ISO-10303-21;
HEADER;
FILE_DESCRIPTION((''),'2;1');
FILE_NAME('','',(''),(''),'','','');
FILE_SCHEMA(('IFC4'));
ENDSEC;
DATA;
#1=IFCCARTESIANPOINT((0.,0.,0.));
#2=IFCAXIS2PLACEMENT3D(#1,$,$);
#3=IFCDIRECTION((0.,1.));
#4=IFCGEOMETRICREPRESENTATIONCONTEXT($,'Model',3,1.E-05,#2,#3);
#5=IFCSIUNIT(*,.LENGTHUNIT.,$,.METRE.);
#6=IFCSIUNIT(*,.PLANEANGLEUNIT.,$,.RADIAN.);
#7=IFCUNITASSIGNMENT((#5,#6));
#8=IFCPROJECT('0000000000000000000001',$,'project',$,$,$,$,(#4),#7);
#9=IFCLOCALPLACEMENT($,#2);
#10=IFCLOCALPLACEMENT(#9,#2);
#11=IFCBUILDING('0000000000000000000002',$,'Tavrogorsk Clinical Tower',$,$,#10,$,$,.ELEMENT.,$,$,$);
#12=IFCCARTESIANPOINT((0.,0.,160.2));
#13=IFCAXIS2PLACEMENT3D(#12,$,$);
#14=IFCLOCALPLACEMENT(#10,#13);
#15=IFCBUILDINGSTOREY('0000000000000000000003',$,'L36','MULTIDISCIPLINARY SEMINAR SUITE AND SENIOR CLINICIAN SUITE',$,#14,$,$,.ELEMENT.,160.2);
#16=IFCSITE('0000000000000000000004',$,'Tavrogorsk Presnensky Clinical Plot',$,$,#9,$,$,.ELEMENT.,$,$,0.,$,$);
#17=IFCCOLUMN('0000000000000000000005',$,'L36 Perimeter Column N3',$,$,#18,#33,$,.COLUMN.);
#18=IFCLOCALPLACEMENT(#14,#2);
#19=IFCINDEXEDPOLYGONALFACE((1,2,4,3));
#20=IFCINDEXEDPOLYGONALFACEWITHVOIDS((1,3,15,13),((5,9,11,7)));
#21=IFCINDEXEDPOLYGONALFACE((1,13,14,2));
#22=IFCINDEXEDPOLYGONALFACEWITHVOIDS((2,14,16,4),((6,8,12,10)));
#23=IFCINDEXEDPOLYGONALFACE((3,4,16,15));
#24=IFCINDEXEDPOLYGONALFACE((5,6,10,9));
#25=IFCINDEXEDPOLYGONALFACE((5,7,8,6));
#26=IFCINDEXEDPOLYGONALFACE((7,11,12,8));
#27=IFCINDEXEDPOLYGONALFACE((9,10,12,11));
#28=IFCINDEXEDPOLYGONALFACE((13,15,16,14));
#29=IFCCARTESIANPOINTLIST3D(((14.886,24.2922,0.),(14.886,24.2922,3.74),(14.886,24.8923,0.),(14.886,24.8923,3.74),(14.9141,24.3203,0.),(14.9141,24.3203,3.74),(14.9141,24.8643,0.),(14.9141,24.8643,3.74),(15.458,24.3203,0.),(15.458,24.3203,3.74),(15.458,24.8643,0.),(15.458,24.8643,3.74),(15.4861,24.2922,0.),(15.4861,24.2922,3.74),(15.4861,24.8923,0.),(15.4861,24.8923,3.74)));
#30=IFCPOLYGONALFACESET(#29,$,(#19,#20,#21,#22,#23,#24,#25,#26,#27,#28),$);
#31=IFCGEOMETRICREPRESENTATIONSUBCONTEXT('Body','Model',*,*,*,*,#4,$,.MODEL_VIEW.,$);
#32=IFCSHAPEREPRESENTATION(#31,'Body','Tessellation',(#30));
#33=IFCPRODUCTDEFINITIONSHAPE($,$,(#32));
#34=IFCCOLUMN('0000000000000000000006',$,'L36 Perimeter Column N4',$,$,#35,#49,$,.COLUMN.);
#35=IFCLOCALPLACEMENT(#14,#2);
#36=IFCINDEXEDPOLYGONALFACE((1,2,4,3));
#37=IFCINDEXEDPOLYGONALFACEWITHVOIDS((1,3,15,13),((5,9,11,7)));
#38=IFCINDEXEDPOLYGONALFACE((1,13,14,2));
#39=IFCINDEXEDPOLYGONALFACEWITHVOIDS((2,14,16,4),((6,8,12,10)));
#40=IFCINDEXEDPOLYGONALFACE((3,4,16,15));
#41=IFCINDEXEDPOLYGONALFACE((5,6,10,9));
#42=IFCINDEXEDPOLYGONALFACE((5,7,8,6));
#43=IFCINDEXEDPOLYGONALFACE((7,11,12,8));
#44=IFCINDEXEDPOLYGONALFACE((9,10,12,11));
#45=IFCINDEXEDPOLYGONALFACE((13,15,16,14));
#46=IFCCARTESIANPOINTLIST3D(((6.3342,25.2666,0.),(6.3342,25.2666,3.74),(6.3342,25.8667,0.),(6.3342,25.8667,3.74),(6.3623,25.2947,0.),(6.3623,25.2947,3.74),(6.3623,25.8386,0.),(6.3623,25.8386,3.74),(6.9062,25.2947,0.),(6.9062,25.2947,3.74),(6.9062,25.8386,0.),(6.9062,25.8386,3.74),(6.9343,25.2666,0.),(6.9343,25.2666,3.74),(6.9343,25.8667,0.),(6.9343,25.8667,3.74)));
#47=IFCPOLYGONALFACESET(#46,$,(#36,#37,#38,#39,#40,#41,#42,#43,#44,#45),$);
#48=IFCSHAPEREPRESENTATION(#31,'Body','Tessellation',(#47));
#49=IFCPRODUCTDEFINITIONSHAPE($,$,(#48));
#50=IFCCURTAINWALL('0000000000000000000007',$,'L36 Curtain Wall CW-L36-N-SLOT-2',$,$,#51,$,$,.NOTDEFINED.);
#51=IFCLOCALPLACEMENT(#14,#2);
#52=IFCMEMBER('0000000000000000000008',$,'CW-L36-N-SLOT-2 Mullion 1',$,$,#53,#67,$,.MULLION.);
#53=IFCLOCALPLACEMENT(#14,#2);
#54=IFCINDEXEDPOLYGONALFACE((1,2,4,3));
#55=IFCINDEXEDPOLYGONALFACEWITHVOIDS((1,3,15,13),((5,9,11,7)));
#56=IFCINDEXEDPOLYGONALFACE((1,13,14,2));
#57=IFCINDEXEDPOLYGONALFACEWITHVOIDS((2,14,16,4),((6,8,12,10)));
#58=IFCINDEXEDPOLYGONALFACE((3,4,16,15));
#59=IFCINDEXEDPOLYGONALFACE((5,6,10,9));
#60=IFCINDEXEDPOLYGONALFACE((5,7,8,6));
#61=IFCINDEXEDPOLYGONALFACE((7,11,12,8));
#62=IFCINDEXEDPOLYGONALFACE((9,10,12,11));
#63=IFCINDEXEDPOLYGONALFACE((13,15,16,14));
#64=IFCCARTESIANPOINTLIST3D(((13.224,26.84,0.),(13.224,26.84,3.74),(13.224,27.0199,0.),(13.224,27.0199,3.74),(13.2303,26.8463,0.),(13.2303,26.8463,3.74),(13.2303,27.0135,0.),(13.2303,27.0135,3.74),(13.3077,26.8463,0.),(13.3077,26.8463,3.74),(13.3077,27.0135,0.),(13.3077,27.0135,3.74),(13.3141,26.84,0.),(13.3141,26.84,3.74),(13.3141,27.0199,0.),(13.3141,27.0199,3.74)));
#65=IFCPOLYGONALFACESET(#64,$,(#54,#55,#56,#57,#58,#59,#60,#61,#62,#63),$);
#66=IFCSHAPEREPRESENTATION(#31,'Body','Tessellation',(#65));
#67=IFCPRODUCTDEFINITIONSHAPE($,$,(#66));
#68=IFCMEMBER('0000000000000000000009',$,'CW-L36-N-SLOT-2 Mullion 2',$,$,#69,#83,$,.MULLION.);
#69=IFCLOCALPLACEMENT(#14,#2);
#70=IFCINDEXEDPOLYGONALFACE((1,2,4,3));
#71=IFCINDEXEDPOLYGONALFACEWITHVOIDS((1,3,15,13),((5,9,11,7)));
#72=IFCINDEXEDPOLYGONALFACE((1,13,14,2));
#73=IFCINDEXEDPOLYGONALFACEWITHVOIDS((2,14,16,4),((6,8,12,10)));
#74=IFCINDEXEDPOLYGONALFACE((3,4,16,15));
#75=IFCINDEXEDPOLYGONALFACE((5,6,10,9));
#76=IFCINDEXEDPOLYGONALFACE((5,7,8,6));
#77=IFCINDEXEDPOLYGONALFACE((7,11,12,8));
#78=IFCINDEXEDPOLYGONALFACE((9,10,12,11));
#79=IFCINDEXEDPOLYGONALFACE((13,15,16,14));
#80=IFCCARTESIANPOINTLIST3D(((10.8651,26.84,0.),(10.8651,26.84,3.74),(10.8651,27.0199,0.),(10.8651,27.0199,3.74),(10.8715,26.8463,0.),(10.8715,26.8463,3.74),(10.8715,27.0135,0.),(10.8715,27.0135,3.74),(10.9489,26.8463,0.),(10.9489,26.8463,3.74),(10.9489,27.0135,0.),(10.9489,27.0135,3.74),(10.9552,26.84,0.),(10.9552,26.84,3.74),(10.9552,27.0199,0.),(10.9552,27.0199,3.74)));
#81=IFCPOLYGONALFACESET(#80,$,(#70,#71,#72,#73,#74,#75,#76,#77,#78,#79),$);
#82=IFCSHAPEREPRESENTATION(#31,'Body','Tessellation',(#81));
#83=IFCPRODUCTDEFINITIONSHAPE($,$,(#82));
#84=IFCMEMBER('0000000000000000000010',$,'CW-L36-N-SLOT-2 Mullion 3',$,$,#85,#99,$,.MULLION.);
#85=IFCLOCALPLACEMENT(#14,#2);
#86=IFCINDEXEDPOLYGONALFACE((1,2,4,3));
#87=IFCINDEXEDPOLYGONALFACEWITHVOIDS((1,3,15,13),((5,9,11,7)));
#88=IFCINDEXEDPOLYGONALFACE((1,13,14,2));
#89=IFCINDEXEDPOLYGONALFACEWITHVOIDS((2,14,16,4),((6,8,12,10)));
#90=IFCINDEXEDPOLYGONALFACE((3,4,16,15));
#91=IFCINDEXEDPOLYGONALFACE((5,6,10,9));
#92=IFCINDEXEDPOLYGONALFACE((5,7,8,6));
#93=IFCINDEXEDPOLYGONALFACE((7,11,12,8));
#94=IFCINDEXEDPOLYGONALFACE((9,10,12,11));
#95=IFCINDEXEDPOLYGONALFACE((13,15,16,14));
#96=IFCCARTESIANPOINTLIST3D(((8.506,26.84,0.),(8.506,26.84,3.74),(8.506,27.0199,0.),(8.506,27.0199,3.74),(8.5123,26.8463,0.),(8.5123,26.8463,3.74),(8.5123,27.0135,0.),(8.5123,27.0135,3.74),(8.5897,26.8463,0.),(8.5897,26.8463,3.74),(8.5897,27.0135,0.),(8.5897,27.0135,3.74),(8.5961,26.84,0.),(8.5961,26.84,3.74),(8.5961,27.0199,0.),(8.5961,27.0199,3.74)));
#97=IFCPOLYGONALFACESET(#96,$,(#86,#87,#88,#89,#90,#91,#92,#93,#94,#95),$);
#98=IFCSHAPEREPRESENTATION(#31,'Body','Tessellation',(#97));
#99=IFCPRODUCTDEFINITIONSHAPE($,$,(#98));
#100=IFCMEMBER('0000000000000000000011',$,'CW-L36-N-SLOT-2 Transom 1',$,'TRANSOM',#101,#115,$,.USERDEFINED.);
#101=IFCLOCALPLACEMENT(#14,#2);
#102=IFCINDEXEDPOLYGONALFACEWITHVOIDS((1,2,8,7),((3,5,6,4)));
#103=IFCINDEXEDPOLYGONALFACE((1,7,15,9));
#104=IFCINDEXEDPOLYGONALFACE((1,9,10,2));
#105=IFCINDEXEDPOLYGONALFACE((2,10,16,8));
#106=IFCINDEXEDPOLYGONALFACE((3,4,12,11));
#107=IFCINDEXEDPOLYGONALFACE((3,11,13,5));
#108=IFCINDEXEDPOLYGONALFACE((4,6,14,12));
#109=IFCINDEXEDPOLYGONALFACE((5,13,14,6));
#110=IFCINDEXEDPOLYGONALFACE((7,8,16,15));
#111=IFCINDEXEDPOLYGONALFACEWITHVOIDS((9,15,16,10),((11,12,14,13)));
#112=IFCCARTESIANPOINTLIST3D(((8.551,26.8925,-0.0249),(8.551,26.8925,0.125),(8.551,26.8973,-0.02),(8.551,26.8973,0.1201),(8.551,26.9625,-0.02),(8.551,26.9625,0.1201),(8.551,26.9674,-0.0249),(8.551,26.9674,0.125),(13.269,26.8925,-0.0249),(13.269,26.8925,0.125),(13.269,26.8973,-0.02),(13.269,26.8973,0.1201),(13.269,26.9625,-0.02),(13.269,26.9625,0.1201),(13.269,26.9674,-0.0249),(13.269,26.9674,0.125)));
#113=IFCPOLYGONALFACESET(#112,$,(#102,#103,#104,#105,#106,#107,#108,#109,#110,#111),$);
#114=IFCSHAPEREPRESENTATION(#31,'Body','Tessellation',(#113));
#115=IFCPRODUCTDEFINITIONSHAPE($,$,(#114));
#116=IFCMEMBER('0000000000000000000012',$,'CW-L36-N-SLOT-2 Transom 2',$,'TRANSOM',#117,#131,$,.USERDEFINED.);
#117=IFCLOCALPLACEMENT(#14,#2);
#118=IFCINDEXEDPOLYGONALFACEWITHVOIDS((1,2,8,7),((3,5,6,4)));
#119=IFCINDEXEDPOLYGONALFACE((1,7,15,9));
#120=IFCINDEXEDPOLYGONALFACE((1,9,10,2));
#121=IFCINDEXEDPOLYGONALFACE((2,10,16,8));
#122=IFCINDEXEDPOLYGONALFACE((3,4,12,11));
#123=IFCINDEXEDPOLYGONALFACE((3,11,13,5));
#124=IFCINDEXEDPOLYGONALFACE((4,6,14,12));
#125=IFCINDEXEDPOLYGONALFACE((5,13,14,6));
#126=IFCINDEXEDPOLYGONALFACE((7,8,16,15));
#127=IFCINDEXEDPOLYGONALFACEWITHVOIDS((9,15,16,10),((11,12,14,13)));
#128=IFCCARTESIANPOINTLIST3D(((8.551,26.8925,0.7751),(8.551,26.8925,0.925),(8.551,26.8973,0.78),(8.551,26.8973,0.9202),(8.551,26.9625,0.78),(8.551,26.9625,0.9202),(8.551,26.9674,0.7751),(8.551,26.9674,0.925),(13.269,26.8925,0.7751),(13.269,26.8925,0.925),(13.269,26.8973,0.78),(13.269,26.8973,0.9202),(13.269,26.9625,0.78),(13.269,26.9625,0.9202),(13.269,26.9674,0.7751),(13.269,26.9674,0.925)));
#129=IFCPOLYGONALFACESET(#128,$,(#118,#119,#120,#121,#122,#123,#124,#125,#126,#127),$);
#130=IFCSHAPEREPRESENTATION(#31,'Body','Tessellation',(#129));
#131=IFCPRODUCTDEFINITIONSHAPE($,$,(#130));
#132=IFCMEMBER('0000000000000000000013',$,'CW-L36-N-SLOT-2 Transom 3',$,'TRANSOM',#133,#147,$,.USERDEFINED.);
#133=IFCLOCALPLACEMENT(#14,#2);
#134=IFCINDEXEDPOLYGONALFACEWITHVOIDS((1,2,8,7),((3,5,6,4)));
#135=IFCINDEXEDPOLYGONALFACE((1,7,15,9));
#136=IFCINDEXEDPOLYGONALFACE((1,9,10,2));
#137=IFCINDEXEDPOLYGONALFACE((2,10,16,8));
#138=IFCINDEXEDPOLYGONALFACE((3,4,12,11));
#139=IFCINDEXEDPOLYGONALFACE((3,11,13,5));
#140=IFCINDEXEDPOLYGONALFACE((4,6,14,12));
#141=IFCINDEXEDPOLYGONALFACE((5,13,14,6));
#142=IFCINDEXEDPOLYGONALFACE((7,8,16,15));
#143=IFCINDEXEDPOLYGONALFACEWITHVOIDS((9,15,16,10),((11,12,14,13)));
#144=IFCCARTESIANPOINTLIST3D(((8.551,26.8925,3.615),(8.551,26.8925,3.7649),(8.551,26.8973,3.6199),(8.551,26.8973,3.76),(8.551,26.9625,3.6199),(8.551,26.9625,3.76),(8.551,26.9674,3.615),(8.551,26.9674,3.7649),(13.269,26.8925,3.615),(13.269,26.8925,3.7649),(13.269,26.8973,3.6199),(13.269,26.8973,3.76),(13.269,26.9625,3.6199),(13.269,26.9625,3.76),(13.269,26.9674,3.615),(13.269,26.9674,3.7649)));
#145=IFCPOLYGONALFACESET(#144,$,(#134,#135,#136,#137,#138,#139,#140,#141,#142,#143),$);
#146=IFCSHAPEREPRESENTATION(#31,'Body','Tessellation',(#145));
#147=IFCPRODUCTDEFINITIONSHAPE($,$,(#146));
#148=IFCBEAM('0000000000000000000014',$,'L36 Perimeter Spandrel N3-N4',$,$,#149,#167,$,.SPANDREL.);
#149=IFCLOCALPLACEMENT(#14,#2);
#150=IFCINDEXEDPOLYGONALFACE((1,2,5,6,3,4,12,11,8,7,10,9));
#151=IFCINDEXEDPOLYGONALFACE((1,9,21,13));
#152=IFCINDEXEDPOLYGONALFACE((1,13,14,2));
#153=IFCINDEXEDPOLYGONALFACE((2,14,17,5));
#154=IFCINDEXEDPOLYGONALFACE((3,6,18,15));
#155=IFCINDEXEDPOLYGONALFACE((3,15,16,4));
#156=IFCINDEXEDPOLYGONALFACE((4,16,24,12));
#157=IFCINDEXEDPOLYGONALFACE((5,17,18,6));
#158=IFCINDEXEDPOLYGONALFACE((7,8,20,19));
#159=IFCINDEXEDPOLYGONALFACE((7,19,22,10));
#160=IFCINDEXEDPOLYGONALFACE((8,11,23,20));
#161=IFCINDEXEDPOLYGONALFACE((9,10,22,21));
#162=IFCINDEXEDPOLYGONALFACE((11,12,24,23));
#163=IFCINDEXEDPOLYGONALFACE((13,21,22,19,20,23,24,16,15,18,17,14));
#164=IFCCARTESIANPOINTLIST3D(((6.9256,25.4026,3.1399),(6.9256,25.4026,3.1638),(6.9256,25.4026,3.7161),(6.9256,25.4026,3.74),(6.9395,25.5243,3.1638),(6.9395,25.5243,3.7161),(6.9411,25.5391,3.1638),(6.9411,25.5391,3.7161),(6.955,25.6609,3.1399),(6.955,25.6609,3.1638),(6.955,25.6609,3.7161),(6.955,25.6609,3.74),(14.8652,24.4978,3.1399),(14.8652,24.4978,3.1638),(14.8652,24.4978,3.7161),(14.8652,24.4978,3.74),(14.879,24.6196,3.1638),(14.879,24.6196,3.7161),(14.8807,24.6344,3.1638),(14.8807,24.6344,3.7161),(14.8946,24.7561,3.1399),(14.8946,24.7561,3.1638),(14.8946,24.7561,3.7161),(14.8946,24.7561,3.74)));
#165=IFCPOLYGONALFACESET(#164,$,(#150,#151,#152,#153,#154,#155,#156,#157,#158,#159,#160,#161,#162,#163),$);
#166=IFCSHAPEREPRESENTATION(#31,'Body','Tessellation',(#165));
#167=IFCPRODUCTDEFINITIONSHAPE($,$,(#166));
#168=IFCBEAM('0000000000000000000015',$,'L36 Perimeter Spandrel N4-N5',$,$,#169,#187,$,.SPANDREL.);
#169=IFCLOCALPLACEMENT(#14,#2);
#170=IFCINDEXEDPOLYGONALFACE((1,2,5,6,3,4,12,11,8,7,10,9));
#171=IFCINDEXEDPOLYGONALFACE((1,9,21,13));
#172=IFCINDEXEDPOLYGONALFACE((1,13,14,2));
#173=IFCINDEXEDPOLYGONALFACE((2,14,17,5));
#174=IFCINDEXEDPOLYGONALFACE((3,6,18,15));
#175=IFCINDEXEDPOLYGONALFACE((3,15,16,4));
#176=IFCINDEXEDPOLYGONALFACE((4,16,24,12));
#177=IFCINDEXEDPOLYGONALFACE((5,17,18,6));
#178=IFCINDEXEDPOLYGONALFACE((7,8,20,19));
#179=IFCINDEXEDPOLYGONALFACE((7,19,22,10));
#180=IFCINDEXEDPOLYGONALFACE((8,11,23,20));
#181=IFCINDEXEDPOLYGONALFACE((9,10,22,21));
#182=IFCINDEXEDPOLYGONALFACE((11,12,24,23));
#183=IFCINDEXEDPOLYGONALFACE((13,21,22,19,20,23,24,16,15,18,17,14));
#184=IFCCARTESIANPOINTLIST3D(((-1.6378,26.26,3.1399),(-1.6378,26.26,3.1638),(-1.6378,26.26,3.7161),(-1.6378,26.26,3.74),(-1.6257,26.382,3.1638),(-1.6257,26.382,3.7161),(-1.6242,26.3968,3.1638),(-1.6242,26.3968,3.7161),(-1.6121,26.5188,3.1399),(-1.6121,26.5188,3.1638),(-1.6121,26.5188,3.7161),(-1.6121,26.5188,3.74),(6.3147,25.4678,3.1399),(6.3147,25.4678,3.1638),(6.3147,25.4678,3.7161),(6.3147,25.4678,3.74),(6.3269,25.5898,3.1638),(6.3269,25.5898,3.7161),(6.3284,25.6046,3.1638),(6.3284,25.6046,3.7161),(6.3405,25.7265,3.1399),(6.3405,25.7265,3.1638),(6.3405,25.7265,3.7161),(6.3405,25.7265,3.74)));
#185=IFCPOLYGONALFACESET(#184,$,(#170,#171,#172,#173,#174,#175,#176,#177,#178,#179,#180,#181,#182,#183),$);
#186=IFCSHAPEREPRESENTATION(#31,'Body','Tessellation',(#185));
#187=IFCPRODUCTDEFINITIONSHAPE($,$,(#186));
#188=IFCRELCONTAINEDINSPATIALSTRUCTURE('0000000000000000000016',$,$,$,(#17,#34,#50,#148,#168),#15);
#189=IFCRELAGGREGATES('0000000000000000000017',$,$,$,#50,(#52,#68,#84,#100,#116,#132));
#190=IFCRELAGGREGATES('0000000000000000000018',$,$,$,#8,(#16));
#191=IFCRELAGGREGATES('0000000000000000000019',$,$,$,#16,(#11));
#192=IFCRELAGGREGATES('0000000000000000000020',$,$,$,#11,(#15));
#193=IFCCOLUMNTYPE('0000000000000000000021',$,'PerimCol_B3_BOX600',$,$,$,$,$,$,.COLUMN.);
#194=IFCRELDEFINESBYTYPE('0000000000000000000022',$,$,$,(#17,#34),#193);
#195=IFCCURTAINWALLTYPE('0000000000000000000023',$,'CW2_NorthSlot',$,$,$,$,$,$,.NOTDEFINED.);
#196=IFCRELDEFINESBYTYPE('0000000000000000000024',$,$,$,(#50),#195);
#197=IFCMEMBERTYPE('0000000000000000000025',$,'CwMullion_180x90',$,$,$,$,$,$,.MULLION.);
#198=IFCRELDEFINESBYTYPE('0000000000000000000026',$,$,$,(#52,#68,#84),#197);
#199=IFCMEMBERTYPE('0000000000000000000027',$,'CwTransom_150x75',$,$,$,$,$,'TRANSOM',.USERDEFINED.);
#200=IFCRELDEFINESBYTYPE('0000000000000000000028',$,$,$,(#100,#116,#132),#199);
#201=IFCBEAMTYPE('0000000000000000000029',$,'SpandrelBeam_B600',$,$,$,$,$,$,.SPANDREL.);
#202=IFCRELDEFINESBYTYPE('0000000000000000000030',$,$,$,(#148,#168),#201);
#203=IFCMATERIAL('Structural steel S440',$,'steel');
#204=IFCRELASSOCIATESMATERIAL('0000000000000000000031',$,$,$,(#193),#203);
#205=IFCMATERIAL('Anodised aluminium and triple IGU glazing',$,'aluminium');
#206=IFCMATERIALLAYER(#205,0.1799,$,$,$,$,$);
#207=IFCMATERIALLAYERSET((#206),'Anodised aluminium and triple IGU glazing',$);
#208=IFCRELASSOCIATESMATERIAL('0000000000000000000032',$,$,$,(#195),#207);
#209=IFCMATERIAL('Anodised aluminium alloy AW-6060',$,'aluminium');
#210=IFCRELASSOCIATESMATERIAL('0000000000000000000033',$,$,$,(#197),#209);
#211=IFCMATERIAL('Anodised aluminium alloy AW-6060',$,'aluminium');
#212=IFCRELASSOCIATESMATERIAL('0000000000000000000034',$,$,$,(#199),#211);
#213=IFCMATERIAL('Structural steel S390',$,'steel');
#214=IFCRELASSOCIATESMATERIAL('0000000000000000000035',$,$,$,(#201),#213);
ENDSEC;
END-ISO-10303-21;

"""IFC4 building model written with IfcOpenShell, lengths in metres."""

from ifc_helpers import new_model, si_unit, direction, frame, origin, origin_2d, place, context, subcontext, project, spatial, hollow_rectangle, i_section, extrude, material, layer, layer_set, material_profile, profile_set, type_object, element, aggregate, save


model = new_model("IFC4")

# Units and contexts
model_context = context("Model", 3, precision=1e-05, world=origin(), true_north=direction((0.0, 1.0)))
body_context = subcontext(model_context, "Body", "Model", "MODEL_VIEW")
ifc_project = project(units=[si_unit("LENGTHUNIT", "METRE"), si_unit("PLANEANGLEUNIT", "RADIAN")], contexts=[model_context])

# Site, building, storey
site_placement = place(None, origin())
site = spatial("IfcSite", under=ifc_project, at=site_placement, Name="Tavrogorsk Presnensky Clinical Plot", CompositionType="ELEMENT", RefElevation=0.0)
building_placement = place(site_placement, origin())
building = spatial("IfcBuilding", under=site, at=building_placement, Name="Tavrogorsk Clinical Tower", CompositionType="ELEMENT")
storey_placement = place(building_placement, frame((0.0, 0.0, 160.2)))
storey = spatial("IfcBuildingStorey", under=building, at=storey_placement, Name="L36", Description="MULTIDISCIPLINARY SEMINAR SUITE AND SENIOR CLINICIAN SUITE", CompositionType="ELEMENT", Elevation=160.2)

# Columns
ifc_material_1 = material(Name="Structural steel S440", Category="steel")
ifc_material_profile_1 = material_profile(ifc_material_1, hollow_rectangle(XDim=0.6001, YDim=0.6001, WallThickness=0.0281, at=origin_2d()), Name="BOX-600x600x28")
ifc_profile_set_1 = profile_set([ifc_material_profile_1], Name="Structural steel S440")
column_type = type_object("IfcColumnType", Name="PerimCol_B3_BOX600", PredefinedType="COLUMN", material=ifc_profile_set_1)
for number, where, z_axis, x_axis, name in (
    (1, (15.186, 24.5923, 0.0), (0.0, 0.0, 1.0), (1.0, 0.0, 0.0), "L36 Perimeter Column N3"),
    (2, (6.6343, 25.5667, 0.0), (0.0, 0.0, 1.0), (1.0, 0.0, 0.0), "L36 Perimeter Column N4"),
):
    element("IfcColumn", number, at=place(storey_placement, frame(where, z_axis=z_axis, x_axis=x_axis)), inside=storey, type_object=column_type, Name=name, PredefinedType="COLUMN", context=body_context, shape_type="SweptSolid", body=[
        extrude(hollow_rectangle(XDim=0.6001, YDim=0.6001, WallThickness=0.0281, at=origin_2d()), origin(), (0.0, 0.0, 1.0), 3.74),
    ])

# Curtain wall, members
ifc_material_2 = material(Name="Anodised aluminium and triple IGU glazing", Category="aluminium")
ifc_layer_1 = layer(ifc_material_2, 0.1799)
ifc_layer_set_1 = layer_set([ifc_layer_1], Name="Anodised aluminium and triple IGU glazing")
curtain_wall_type = type_object("IfcCurtainWallType", Name="CW2_NorthSlot", PredefinedType="NOTDEFINED", material=ifc_layer_set_1)
curtain_wall_placement = place(storey_placement, origin())
curtain_wall = element("IfcCurtainWall", 3, at=curtain_wall_placement, inside=storey, type_object=curtain_wall_type, Name="L36 Curtain Wall CW-L36-N-SLOT-2", PredefinedType="NOTDEFINED")
ifc_material_3 = material(Name="Anodised aluminium alloy AW-6060", Category="aluminium")
ifc_material_profile_2 = material_profile(ifc_material_3, hollow_rectangle(XDim=0.0901, YDim=0.1799, WallThickness=0.0063, at=origin_2d()), Name="RHS-180x90x6.3")
ifc_profile_set_2 = profile_set([ifc_material_profile_2], Name="Anodised aluminium alloy AW-6060")
member_type_1 = type_object("IfcMemberType", Name="CwMullion_180x90", PredefinedType="MULLION", material=ifc_profile_set_2)
member_1_placement = place(storey_placement, frame((13.269, 26.9299, 0.0), z_axis=(0.0, 0.0, 1.0), x_axis=(-1.0, 0.0, 0.0)))
member_1 = element("IfcMember", 4, at=member_1_placement, type_object=member_type_1, Name="CW-L36-N-SLOT-2 Mullion 1", PredefinedType="MULLION", context=body_context, shape_type="SweptSolid", body=[
    extrude(hollow_rectangle(XDim=0.0901, YDim=0.1799, WallThickness=0.0063, at=origin_2d()), origin(), (0.0, 0.0, 1.0), 3.74),
])
member_2_placement = place(storey_placement, frame((10.9102, 26.9299, 0.0), z_axis=(0.0, 0.0, 1.0), x_axis=(-1.0, 0.0, 0.0)))
member_2 = element("IfcMember", 5, at=member_2_placement, type_object=member_type_1, Name="CW-L36-N-SLOT-2 Mullion 2", PredefinedType="MULLION", context=body_context, shape_type="SweptSolid", body=[
    extrude(hollow_rectangle(XDim=0.0901, YDim=0.1799, WallThickness=0.0063, at=origin_2d()), origin(), (0.0, 0.0, 1.0), 3.74),
])
member_3_placement = place(storey_placement, frame((8.551, 26.9299, 0.0), z_axis=(0.0, 0.0, 1.0), x_axis=(-1.0, 0.0, 0.0)))
member_3 = element("IfcMember", 6, at=member_3_placement, type_object=member_type_1, Name="CW-L36-N-SLOT-2 Mullion 3", PredefinedType="MULLION", context=body_context, shape_type="SweptSolid", body=[
    extrude(hollow_rectangle(XDim=0.0901, YDim=0.1799, WallThickness=0.0063, at=origin_2d()), origin(), (0.0, 0.0, 1.0), 3.74),
])
ifc_material_4 = material(Name="Anodised aluminium alloy AW-6060", Category="aluminium")
ifc_material_profile_3 = material_profile(ifc_material_4, hollow_rectangle(XDim=0.075, YDim=0.1499, WallThickness=0.0049, at=origin_2d()), Name="RHS-150x75x5")
ifc_profile_set_3 = profile_set([ifc_material_profile_3], Name="Anodised aluminium alloy AW-6060")
member_type_2 = type_object("IfcMemberType", Name="CwTransom_150x75", ElementType="TRANSOM", PredefinedType="USERDEFINED", material=ifc_profile_set_3)
member_4_placement = place(storey_placement, frame((13.269, 26.9299, 0.05), z_axis=(-1.0, 0.0, 0.0), x_axis=(0.0, -1.0, 0.0)))
member_4 = element("IfcMember", 7, at=member_4_placement, type_object=member_type_2, Name="CW-L36-N-SLOT-2 Transom 1", ObjectType="TRANSOM", PredefinedType="USERDEFINED", context=body_context, shape_type="SweptSolid", body=[
    extrude(hollow_rectangle(XDim=0.075, YDim=0.1499, WallThickness=0.0049, at=origin_2d()), origin(), (0.0, 0.0, 1.0), 4.718),
])
member_5_placement = place(storey_placement, frame((13.269, 26.9299, 0.8501), z_axis=(-1.0, 0.0, 0.0), x_axis=(0.0, -1.0, 0.0)))
member_5 = element("IfcMember", 8, at=member_5_placement, type_object=member_type_2, Name="CW-L36-N-SLOT-2 Transom 2", ObjectType="TRANSOM", PredefinedType="USERDEFINED", context=body_context, shape_type="SweptSolid", body=[
    extrude(hollow_rectangle(XDim=0.075, YDim=0.1499, WallThickness=0.0049, at=origin_2d()), origin(), (0.0, 0.0, 1.0), 4.718),
])
member_6_placement = place(storey_placement, frame((13.269, 26.9299, 3.6899), z_axis=(-1.0, 0.0, 0.0), x_axis=(0.0, -1.0, 0.0)))
member_6 = element("IfcMember", 9, at=member_6_placement, type_object=member_type_2, Name="CW-L36-N-SLOT-2 Transom 3", ObjectType="TRANSOM", PredefinedType="USERDEFINED", context=body_context, shape_type="SweptSolid", body=[
    extrude(hollow_rectangle(XDim=0.075, YDim=0.1499, WallThickness=0.0049, at=origin_2d()), origin(), (0.0, 0.0, 1.0), 4.718),
])

# Beams
ifc_material_5 = material(Name="Structural steel S390", Category="steel")
ifc_material_profile_4 = material_profile(ifc_material_5, i_section(OverallWidth=0.26, OverallDepth=0.6001, WebThickness=0.0149, FlangeThickness=0.0239, at=origin_2d()), Name="B-600x260x15x24")
ifc_profile_set_4 = profile_set([ifc_material_profile_4], Name="Structural steel S390")
beam_type = type_object("IfcBeamType", Name="SpandrelBeam_B600", PredefinedType="SPANDREL", material=ifc_profile_set_4)
beam_1_placement = place(storey_placement, frame((14.8799, 24.627, 3.4399), z_axis=(-0.993569, 0.113224, 0.0), x_axis=(-0.113224, -0.993569, 0.0)))
element("IfcBeam", 10, at=beam_1_placement, inside=storey, type_object=beam_type, Name="L36 Perimeter Spandrel N3-N4", PredefinedType="SPANDREL", context=body_context, shape_type="SweptSolid", body=[
    extrude(i_section(OverallWidth=0.26, OverallDepth=0.6001, WebThickness=0.0149, FlangeThickness=0.0239, at=origin_2d()), origin(), (0.0, 0.0, 1.0), 7.991),
])
beam_2_placement = place(storey_placement, frame((6.3276, 25.5972, 3.4399), z_axis=(-0.995075, 0.099129, 0.0), x_axis=(-0.099129, -0.995075, 0.0)))
element("IfcBeam", 11, at=beam_2_placement, inside=storey, type_object=beam_type, Name="L36 Perimeter Spandrel N4-N5", PredefinedType="SPANDREL", context=body_context, shape_type="SweptSolid", body=[
    extrude(i_section(OverallWidth=0.26, OverallDepth=0.6001, WebThickness=0.0149, FlangeThickness=0.0239, at=origin_2d()), origin(), (0.0, 0.0, 1.0), 7.9919),
])

aggregate(curtain_wall, [member_1, member_2, member_3, member_4, member_5, member_6])

save(model, "model.ifc")
